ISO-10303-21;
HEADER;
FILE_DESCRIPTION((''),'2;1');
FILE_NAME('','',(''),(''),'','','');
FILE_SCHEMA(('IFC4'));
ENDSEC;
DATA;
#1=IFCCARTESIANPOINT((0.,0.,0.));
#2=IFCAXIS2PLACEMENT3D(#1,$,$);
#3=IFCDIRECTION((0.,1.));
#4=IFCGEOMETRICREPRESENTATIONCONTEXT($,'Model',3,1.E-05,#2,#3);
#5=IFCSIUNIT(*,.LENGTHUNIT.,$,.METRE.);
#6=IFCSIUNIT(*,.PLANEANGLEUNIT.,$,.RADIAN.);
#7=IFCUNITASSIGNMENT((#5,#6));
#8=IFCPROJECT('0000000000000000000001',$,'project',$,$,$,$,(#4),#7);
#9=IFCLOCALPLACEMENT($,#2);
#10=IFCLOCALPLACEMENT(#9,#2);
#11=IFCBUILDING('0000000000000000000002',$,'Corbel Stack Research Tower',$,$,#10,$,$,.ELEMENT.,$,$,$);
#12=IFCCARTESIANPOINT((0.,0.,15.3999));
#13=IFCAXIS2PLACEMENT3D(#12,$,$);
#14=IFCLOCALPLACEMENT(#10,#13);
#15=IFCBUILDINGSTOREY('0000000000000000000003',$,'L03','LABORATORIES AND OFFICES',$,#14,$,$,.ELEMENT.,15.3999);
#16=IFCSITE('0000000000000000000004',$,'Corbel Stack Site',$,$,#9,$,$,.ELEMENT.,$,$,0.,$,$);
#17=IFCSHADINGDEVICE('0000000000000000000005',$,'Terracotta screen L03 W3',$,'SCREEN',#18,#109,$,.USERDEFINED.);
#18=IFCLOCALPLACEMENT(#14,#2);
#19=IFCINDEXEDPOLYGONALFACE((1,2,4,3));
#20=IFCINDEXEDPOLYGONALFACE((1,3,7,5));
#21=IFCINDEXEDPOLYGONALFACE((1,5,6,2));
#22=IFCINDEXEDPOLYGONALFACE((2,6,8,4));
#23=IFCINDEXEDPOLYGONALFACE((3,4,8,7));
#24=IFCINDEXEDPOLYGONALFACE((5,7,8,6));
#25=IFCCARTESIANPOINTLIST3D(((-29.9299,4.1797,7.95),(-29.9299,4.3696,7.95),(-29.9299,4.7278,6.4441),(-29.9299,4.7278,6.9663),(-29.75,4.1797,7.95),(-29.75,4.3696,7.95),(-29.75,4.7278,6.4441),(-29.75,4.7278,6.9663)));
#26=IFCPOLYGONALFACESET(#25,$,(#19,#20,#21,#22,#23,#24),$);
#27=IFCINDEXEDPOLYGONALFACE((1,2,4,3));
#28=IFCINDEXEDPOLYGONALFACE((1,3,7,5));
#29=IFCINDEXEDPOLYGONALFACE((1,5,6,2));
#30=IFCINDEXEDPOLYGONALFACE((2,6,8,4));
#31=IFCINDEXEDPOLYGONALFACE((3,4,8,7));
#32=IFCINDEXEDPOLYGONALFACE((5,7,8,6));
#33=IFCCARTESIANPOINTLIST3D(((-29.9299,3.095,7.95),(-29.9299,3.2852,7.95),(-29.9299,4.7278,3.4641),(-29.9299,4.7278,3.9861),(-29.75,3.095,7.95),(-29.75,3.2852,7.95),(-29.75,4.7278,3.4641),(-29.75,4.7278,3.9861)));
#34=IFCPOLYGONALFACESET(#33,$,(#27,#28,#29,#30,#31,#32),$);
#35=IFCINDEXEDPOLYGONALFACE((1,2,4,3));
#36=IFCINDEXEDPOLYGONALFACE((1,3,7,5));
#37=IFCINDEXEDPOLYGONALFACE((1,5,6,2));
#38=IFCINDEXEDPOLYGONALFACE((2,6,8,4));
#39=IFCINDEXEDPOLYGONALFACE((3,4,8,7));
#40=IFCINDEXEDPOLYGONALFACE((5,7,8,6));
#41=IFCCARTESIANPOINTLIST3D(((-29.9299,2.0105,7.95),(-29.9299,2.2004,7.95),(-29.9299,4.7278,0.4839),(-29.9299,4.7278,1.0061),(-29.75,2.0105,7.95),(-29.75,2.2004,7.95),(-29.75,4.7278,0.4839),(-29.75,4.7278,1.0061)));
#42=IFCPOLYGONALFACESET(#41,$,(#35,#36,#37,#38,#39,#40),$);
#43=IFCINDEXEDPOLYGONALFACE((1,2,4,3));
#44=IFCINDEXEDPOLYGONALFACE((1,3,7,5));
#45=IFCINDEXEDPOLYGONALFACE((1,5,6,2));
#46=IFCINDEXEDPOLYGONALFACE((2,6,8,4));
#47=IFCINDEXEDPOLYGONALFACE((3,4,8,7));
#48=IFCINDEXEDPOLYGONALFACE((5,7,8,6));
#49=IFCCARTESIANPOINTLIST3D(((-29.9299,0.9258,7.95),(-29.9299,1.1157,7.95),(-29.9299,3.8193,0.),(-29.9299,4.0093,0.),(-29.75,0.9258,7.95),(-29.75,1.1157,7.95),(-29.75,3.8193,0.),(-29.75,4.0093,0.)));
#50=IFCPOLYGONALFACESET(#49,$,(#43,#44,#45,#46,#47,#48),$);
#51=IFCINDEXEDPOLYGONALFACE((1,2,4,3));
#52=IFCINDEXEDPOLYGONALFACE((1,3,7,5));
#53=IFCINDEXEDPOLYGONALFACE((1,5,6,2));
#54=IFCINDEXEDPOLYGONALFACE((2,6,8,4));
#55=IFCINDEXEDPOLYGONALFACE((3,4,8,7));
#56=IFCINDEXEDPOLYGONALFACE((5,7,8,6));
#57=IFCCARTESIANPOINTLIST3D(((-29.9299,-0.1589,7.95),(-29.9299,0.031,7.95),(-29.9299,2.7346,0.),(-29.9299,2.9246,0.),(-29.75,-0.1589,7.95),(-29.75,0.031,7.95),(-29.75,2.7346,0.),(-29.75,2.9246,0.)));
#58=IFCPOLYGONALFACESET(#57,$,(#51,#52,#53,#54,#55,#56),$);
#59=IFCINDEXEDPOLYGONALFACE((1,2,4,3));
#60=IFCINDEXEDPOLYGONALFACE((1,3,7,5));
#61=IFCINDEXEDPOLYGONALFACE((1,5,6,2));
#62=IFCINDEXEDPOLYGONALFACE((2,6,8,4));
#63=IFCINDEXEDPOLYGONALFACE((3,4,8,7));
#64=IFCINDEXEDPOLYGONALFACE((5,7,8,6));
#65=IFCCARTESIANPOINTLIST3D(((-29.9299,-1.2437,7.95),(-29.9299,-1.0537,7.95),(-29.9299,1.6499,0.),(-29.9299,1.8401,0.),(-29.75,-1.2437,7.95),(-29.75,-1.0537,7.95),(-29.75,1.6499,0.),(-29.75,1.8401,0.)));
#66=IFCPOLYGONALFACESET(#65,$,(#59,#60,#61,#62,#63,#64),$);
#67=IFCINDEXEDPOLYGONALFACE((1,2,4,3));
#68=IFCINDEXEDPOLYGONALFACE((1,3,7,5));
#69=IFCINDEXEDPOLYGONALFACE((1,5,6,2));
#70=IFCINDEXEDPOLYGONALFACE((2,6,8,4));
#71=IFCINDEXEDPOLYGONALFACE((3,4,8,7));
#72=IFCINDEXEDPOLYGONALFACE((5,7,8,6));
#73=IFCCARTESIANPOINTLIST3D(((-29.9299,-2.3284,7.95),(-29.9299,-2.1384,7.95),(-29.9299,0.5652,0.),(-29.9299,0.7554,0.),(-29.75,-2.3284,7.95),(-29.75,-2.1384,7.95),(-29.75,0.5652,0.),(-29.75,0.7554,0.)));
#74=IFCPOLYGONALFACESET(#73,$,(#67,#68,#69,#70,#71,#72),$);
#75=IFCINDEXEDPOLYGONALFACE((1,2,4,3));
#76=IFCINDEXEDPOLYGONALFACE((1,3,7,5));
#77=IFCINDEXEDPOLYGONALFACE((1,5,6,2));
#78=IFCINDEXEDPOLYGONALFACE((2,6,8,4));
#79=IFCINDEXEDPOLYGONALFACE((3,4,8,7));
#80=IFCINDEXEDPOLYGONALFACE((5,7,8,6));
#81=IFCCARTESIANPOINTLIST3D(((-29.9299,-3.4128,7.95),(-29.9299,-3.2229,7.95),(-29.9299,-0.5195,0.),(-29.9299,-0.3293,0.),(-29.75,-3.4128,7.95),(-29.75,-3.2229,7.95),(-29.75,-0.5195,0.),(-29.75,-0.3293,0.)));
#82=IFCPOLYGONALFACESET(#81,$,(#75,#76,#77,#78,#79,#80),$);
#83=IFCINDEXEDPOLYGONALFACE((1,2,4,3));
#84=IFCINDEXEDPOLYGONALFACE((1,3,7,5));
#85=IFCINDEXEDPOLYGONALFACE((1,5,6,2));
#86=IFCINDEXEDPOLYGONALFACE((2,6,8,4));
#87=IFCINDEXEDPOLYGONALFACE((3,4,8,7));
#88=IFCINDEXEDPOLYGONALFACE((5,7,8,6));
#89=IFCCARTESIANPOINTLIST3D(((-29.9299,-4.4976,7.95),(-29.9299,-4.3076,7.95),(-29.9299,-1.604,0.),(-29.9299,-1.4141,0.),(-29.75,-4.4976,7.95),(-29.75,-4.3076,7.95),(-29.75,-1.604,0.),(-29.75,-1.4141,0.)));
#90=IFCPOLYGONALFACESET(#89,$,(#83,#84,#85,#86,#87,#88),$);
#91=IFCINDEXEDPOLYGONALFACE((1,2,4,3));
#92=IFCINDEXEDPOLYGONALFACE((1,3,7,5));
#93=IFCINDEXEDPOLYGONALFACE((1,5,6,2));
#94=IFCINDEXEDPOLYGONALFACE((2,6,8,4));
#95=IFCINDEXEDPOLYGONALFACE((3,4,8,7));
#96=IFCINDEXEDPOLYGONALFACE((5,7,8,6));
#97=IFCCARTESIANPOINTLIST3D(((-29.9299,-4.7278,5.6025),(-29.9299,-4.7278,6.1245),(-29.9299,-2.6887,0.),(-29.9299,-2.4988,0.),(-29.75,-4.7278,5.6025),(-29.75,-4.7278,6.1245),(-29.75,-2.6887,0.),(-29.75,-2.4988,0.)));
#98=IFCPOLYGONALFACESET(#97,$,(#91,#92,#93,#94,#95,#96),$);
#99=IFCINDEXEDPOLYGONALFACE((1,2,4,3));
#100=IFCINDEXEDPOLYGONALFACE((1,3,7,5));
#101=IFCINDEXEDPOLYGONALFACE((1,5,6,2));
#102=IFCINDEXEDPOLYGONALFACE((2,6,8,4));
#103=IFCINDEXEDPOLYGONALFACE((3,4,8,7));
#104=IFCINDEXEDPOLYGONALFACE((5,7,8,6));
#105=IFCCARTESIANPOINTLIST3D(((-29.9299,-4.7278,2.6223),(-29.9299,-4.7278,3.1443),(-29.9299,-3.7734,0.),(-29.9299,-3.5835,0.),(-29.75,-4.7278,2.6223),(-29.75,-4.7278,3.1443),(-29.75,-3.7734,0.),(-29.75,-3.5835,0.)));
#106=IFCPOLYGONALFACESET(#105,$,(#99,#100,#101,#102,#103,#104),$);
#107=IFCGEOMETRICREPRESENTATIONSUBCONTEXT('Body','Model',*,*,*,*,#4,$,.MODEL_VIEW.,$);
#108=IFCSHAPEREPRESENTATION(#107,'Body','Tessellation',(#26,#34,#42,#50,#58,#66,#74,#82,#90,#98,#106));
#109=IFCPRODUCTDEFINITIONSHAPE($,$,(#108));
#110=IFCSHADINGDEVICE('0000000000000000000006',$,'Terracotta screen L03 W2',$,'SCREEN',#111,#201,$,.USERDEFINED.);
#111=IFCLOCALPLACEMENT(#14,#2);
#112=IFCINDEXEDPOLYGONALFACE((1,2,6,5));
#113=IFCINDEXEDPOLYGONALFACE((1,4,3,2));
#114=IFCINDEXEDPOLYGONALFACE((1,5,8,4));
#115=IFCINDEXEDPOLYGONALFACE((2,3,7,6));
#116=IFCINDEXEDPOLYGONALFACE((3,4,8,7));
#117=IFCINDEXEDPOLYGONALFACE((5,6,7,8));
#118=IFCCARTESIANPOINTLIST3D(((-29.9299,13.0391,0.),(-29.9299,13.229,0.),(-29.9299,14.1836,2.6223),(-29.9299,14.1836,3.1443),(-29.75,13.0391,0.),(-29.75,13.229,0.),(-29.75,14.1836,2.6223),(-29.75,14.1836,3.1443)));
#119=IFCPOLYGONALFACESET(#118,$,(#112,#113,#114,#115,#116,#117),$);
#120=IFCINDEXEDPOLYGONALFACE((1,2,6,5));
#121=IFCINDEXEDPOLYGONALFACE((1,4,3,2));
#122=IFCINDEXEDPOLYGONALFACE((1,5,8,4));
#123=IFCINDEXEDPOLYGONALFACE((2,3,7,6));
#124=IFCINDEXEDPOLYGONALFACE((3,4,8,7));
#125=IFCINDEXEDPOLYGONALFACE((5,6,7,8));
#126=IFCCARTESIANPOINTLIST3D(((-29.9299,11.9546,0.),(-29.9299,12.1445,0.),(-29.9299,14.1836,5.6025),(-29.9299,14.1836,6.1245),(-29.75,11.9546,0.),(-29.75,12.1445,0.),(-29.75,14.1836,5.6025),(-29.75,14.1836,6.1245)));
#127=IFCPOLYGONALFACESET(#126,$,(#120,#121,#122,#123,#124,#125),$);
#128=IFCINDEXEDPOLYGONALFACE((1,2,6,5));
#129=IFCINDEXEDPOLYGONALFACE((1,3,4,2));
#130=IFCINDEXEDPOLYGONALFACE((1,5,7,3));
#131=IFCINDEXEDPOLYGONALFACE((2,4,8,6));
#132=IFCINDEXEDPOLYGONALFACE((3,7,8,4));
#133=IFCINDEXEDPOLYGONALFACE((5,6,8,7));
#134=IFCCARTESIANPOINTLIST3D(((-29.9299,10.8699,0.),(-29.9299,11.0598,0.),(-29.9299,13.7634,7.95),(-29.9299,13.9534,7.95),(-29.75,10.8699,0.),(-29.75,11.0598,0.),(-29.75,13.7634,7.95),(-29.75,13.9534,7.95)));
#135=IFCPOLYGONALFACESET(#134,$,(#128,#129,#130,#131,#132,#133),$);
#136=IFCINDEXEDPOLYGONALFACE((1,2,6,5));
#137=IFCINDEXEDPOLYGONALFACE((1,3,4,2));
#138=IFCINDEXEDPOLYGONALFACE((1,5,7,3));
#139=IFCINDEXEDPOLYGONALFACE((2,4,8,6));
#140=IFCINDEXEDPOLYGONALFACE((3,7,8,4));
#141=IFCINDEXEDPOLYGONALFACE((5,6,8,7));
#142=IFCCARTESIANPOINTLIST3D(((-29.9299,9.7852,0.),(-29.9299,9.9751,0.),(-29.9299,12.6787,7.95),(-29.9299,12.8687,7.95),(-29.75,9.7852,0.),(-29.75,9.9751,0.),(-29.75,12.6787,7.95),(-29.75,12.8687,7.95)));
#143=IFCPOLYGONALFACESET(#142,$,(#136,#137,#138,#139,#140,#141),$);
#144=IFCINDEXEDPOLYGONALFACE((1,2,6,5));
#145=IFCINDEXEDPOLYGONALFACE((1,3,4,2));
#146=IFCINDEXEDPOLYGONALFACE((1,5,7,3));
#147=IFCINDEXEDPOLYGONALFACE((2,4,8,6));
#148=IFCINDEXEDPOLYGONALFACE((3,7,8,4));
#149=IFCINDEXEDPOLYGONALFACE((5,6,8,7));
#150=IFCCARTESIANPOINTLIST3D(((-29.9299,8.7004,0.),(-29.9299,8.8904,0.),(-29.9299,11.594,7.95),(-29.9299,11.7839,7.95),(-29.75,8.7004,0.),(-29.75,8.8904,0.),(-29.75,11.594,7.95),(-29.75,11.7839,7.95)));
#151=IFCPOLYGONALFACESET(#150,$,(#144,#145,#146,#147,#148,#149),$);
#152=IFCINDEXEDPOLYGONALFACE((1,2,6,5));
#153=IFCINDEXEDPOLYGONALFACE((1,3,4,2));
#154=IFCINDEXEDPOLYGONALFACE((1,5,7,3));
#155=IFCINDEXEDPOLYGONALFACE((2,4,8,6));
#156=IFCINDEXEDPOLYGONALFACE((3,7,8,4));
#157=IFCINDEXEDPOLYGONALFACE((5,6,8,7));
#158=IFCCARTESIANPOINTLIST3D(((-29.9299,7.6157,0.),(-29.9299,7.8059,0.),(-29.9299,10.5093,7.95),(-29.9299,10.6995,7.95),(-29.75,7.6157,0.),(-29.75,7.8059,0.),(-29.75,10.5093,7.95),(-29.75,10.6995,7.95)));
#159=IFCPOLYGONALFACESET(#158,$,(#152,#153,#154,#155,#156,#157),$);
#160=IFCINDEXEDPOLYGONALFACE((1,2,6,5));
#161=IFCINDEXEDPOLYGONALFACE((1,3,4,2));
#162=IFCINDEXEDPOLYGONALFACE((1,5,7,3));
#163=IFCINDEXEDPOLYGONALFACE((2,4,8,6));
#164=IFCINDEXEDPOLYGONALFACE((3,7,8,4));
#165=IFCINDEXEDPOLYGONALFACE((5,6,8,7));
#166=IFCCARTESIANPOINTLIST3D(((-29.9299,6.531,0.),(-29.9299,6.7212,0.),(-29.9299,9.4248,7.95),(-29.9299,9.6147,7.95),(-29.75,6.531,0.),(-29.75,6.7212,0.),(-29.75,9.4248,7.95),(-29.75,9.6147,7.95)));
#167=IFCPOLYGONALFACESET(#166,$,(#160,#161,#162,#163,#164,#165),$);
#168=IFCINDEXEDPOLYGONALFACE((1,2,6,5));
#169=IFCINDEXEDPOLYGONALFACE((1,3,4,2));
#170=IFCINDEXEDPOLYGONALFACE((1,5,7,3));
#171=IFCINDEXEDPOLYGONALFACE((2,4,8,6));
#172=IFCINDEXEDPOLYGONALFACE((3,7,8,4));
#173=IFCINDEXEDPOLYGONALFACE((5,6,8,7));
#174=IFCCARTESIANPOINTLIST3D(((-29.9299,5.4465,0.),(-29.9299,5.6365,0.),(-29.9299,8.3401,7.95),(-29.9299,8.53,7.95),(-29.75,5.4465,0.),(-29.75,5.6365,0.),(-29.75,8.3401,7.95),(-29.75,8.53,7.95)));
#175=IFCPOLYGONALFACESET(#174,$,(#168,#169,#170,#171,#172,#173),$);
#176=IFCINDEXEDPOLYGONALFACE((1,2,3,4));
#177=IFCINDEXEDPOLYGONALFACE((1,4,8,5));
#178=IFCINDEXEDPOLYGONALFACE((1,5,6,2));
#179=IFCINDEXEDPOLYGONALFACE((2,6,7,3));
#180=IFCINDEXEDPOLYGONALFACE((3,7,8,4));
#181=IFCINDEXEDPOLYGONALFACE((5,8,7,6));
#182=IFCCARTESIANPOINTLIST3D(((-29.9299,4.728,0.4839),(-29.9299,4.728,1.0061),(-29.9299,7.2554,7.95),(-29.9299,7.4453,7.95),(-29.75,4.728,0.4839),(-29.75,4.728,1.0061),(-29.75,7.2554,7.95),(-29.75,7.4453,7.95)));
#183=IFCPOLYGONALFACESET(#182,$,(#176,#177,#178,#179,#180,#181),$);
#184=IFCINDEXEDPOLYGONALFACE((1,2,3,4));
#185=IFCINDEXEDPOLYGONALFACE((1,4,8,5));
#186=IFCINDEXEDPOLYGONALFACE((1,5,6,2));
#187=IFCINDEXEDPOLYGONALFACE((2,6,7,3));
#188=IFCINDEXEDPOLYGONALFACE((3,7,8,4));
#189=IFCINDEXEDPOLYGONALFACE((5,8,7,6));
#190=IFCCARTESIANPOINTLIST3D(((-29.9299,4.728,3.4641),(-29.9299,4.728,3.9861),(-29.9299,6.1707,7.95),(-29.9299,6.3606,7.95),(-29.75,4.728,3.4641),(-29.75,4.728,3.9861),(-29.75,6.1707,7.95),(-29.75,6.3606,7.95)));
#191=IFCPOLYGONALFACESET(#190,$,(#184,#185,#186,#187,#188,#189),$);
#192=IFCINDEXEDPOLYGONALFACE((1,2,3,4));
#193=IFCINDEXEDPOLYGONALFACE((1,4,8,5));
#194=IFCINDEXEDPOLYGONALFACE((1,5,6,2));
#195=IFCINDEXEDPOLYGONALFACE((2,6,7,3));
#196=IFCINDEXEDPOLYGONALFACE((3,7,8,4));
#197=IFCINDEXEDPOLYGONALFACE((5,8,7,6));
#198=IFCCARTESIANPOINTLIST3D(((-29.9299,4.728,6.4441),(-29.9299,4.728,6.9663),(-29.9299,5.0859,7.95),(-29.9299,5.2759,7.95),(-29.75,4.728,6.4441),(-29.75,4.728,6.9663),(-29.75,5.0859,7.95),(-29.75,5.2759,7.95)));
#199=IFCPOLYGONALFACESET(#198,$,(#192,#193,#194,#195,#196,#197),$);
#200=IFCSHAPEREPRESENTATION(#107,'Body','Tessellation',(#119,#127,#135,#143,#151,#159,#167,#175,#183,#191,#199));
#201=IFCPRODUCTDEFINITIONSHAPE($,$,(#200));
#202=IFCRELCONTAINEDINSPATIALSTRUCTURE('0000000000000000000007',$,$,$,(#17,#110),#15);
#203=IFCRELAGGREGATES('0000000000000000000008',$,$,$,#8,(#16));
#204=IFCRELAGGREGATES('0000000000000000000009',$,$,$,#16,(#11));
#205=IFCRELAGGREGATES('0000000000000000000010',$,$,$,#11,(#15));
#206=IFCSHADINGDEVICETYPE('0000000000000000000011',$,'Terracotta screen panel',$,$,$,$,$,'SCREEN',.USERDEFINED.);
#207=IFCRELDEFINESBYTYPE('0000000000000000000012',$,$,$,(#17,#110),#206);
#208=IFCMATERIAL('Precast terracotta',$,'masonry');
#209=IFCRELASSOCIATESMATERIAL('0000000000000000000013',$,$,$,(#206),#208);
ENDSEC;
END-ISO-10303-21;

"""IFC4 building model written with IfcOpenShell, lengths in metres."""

from ifc_helpers import new_model, si_unit, direction, frame, origin, place, context, subcontext, project, spatial, polyline, outline, extrude, source, transform, mapped, material, type_object, element, save


model = new_model("IFC4")

# Units and contexts
model_context = context("Model", 3, precision=1e-05, world=origin(), true_north=direction((0.0, 1.0)))
body_context = subcontext(model_context, "Body", "Model", "MODEL_VIEW")
ifc_project = project(units=[si_unit("LENGTHUNIT", "METRE"), si_unit("PLANEANGLEUNIT", "RADIAN")], contexts=[model_context])

# Site, building, storey
site_placement = place(None, origin())
site = spatial("IfcSite", under=ifc_project, at=site_placement, Name="Corbel Stack Site", CompositionType="ELEMENT", RefElevation=0.0)
building_placement = place(site_placement, origin())
building = spatial("IfcBuilding", under=site, at=building_placement, Name="Corbel Stack Research Tower", CompositionType="ELEMENT")
storey_placement = place(building_placement, frame((0.0, 0.0, 15.3999)))
storey = spatial("IfcBuildingStorey", under=building, at=storey_placement, Name="L03", Description="LABORATORIES AND OFFICES", CompositionType="ELEMENT", Elevation=15.3999)

# Shading devices
ifc_material_1 = material(Name="Precast terracotta", Category="masonry")
shading_device_type = type_object("IfcShadingDeviceType", Name="Terracotta screen panel", ElementType="SCREEN", PredefinedType="USERDEFINED", material=ifc_material_1)
shared_shape_1 = source(origin(), body_context, "Body", "SweptSolid", [
    extrude(outline(polyline([(0.5481, 7.95), (0.3582, 7.95), (0.0, 6.9663), (0.0, 6.4441), (0.5481, 7.95)])), frame((0.0, 0.0, 0.0), z_axis=(0.0, -1.0, 0.0), x_axis=(1.0, 0.0, 0.0)), (0.0, 0.0, 1.0), 0.1799),
    extrude(outline(polyline([(1.6328, 7.95), (1.4426, 7.95), (0.0, 3.9861), (0.0, 3.4641), (1.6328, 7.95)])), frame((0.0, 0.0, 0.0), z_axis=(0.0, -1.0, 0.0), x_axis=(1.0, 0.0, 0.0)), (0.0, 0.0, 1.0), 0.1799),
    extrude(outline(polyline([(2.7173, 7.95), (2.5273, 7.95), (0.0, 1.0061), (0.0, 0.4839), (2.7173, 7.95)])), frame((0.0, 0.0, 0.0), z_axis=(0.0, -1.0, 0.0), x_axis=(1.0, 0.0, 0.0)), (0.0, 0.0, 1.0), 0.1799),
    extrude(outline(polyline([(0.9084, 0.0), (3.802, 7.95), (3.6121, 7.95), (0.7185, 0.0), (0.9084, 0.0)])), frame((0.0, 0.0, 0.0), z_axis=(0.0, -1.0, 0.0), x_axis=(1.0, 0.0, 0.0)), (0.0, 0.0, 1.0), 0.1799),
    extrude(outline(polyline([(1.9932, 0.0), (4.8867, 7.95), (4.6968, 7.95), (1.8032, 0.0), (1.9932, 0.0)])), frame((0.0, 0.0, 0.0), z_axis=(0.0, -1.0, 0.0), x_axis=(1.0, 0.0, 0.0)), (0.0, 0.0, 1.0), 0.1799),
    extrude(outline(polyline([(3.0779, 0.0), (5.9714, 7.95), (5.7815, 7.95), (2.8877, 0.0), (3.0779, 0.0)])), frame((0.0, 0.0, 0.0), z_axis=(0.0, -1.0, 0.0), x_axis=(1.0, 0.0, 0.0)), (0.0, 0.0, 1.0), 0.1799),
    extrude(outline(polyline([(4.1626, 0.0), (7.0562, 7.95), (6.8662, 7.95), (3.9724, 0.0), (4.1626, 0.0)])), frame((0.0, 0.0, 0.0), z_axis=(0.0, -1.0, 0.0), x_axis=(1.0, 0.0, 0.0)), (0.0, 0.0, 1.0), 0.1799),
    extrude(outline(polyline([(5.2473, 0.0), (8.1406, 7.95), (7.9507, 7.95), (5.0571, 0.0), (5.2473, 0.0)])), frame((0.0, 0.0, 0.0), z_axis=(0.0, -1.0, 0.0), x_axis=(1.0, 0.0, 0.0)), (0.0, 0.0, 1.0), 0.1799),
    extrude(outline(polyline([(6.3318, 0.0), (9.2253, 7.95), (9.0354, 7.95), (6.1418, 0.0), (6.3318, 0.0)])), frame((0.0, 0.0, 0.0), z_axis=(0.0, -1.0, 0.0), x_axis=(1.0, 0.0, 0.0)), (0.0, 0.0, 1.0), 0.1799),
    extrude(outline(polyline([(7.4165, 0.0), (9.4556, 5.6025), (9.4556, 6.1245), (7.2266, 0.0), (7.4165, 0.0)])), frame((0.0, 0.0, 0.0), z_axis=(0.0, -1.0, 0.0), x_axis=(1.0, 0.0, 0.0)), (0.0, 0.0, 1.0), 0.1799),
    extrude(outline(polyline([(8.5012, 0.0), (9.4556, 2.6223), (9.4556, 3.1443), (8.3113, 0.0), (8.5012, 0.0)])), frame((0.0, 0.0, 0.0), z_axis=(0.0, -1.0, 0.0), x_axis=(1.0, 0.0, 0.0)), (0.0, 0.0, 1.0), 0.1799),
])
shading_device_1_placement = place(storey_placement, frame((-29.75, 4.7278, 0.0), z_axis=(0.0, 0.0, 1.0), x_axis=(0.0, -1.0, 0.0)))
element("IfcShadingDevice", 1, at=shading_device_1_placement, inside=storey, type_object=shading_device_type, Name="Terracotta screen L03 W3", ObjectType="SCREEN", PredefinedType="USERDEFINED", context=body_context, shape_type="MappedRepresentation", body=[
    mapped(shared_shape_1, transform((0.0, 0.0, 0.0))),
])
shared_shape_2 = source(origin(), body_context, "Body", "SweptSolid", [
    extrude(outline(polyline([(1.1445, 0.0), (0.0, 3.1443), (0.0, 2.6223), (0.9546, 0.0), (1.1445, 0.0)])), frame((0.0, 0.0, 0.0), z_axis=(0.0, -1.0, 0.0), x_axis=(1.0, 0.0, 0.0)), (0.0, 0.0, 1.0), 0.1799),
    extrude(outline(polyline([(2.229, 0.0), (0.0, 6.1245), (0.0, 5.6025), (2.0391, 0.0), (2.229, 0.0)])), frame((0.0, 0.0, 0.0), z_axis=(0.0, -1.0, 0.0), x_axis=(1.0, 0.0, 0.0)), (0.0, 0.0, 1.0), 0.1799),
    extrude(outline(polyline([(3.3137, 0.0), (0.4202, 7.95), (0.2302, 7.95), (3.1238, 0.0), (3.3137, 0.0)])), frame((0.0, 0.0, 0.0), z_axis=(0.0, -1.0, 0.0), x_axis=(1.0, 0.0, 0.0)), (0.0, 0.0, 1.0), 0.1799),
    extrude(outline(polyline([(4.3984, 0.0), (1.5049, 7.95), (1.3149, 7.95), (4.2085, 0.0), (4.3984, 0.0)])), frame((0.0, 0.0, 0.0), z_axis=(0.0, -1.0, 0.0), x_axis=(1.0, 0.0, 0.0)), (0.0, 0.0, 1.0), 0.1799),
    extrude(outline(polyline([(5.4832, 0.0), (2.5896, 7.95), (2.3997, 7.95), (5.2932, 0.0), (5.4832, 0.0)])), frame((0.0, 0.0, 0.0), z_axis=(0.0, -1.0, 0.0), x_axis=(1.0, 0.0, 0.0)), (0.0, 0.0, 1.0), 0.1799),
    extrude(outline(polyline([(6.5679, 0.0), (3.6743, 7.95), (3.4841, 7.95), (6.3777, 0.0), (6.5679, 0.0)])), frame((0.0, 0.0, 0.0), z_axis=(0.0, -1.0, 0.0), x_axis=(1.0, 0.0, 0.0)), (0.0, 0.0, 1.0), 0.1799),
    extrude(outline(polyline([(7.6526, 0.0), (4.7588, 7.95), (4.5688, 7.95), (7.4624, 0.0), (7.6526, 0.0)])), frame((0.0, 0.0, 0.0), z_axis=(0.0, -1.0, 0.0), x_axis=(1.0, 0.0, 0.0)), (0.0, 0.0, 1.0), 0.1799),
    extrude(outline(polyline([(8.7371, 0.0), (5.8435, 7.95), (5.6536, 7.95), (8.5471, 0.0), (8.7371, 0.0)])), frame((0.0, 0.0, 0.0), z_axis=(0.0, -1.0, 0.0), x_axis=(1.0, 0.0, 0.0)), (0.0, 0.0, 1.0), 0.1799),
    extrude(outline(polyline([(6.9282, 7.95), (6.7383, 7.95), (9.4556, 0.4839), (9.4556, 1.0061), (6.9282, 7.95)])), frame((0.0, 0.0, 0.0), z_axis=(0.0, -1.0, 0.0), x_axis=(1.0, 0.0, 0.0)), (0.0, 0.0, 1.0), 0.1799),
    extrude(outline(polyline([(8.0129, 7.95), (7.823, 7.95), (9.4556, 3.4641), (9.4556, 3.9861), (8.0129, 7.95)])), frame((0.0, 0.0, 0.0), z_axis=(0.0, -1.0, 0.0), x_axis=(1.0, 0.0, 0.0)), (0.0, 0.0, 1.0), 0.1799),
    extrude(outline(polyline([(9.0977, 7.95), (8.9077, 7.95), (9.4556, 6.4441), (9.4556, 6.9663), (9.0977, 7.95)])), frame((0.0, 0.0, 0.0), z_axis=(0.0, -1.0, 0.0), x_axis=(1.0, 0.0, 0.0)), (0.0, 0.0, 1.0), 0.1799),
])
shading_device_2_placement = place(storey_placement, frame((-29.75, 14.1836, 0.0), z_axis=(0.0, 0.0, 1.0), x_axis=(0.0, -1.0, 0.0)))
element("IfcShadingDevice", 2, at=shading_device_2_placement, inside=storey, type_object=shading_device_type, Name="Terracotta screen L03 W2", ObjectType="SCREEN", PredefinedType="USERDEFINED", context=body_context, shape_type="MappedRepresentation", body=[
    mapped(shared_shape_2, transform((0.0, 0.0, 0.0))),
])

save(model, "model.ifc")
